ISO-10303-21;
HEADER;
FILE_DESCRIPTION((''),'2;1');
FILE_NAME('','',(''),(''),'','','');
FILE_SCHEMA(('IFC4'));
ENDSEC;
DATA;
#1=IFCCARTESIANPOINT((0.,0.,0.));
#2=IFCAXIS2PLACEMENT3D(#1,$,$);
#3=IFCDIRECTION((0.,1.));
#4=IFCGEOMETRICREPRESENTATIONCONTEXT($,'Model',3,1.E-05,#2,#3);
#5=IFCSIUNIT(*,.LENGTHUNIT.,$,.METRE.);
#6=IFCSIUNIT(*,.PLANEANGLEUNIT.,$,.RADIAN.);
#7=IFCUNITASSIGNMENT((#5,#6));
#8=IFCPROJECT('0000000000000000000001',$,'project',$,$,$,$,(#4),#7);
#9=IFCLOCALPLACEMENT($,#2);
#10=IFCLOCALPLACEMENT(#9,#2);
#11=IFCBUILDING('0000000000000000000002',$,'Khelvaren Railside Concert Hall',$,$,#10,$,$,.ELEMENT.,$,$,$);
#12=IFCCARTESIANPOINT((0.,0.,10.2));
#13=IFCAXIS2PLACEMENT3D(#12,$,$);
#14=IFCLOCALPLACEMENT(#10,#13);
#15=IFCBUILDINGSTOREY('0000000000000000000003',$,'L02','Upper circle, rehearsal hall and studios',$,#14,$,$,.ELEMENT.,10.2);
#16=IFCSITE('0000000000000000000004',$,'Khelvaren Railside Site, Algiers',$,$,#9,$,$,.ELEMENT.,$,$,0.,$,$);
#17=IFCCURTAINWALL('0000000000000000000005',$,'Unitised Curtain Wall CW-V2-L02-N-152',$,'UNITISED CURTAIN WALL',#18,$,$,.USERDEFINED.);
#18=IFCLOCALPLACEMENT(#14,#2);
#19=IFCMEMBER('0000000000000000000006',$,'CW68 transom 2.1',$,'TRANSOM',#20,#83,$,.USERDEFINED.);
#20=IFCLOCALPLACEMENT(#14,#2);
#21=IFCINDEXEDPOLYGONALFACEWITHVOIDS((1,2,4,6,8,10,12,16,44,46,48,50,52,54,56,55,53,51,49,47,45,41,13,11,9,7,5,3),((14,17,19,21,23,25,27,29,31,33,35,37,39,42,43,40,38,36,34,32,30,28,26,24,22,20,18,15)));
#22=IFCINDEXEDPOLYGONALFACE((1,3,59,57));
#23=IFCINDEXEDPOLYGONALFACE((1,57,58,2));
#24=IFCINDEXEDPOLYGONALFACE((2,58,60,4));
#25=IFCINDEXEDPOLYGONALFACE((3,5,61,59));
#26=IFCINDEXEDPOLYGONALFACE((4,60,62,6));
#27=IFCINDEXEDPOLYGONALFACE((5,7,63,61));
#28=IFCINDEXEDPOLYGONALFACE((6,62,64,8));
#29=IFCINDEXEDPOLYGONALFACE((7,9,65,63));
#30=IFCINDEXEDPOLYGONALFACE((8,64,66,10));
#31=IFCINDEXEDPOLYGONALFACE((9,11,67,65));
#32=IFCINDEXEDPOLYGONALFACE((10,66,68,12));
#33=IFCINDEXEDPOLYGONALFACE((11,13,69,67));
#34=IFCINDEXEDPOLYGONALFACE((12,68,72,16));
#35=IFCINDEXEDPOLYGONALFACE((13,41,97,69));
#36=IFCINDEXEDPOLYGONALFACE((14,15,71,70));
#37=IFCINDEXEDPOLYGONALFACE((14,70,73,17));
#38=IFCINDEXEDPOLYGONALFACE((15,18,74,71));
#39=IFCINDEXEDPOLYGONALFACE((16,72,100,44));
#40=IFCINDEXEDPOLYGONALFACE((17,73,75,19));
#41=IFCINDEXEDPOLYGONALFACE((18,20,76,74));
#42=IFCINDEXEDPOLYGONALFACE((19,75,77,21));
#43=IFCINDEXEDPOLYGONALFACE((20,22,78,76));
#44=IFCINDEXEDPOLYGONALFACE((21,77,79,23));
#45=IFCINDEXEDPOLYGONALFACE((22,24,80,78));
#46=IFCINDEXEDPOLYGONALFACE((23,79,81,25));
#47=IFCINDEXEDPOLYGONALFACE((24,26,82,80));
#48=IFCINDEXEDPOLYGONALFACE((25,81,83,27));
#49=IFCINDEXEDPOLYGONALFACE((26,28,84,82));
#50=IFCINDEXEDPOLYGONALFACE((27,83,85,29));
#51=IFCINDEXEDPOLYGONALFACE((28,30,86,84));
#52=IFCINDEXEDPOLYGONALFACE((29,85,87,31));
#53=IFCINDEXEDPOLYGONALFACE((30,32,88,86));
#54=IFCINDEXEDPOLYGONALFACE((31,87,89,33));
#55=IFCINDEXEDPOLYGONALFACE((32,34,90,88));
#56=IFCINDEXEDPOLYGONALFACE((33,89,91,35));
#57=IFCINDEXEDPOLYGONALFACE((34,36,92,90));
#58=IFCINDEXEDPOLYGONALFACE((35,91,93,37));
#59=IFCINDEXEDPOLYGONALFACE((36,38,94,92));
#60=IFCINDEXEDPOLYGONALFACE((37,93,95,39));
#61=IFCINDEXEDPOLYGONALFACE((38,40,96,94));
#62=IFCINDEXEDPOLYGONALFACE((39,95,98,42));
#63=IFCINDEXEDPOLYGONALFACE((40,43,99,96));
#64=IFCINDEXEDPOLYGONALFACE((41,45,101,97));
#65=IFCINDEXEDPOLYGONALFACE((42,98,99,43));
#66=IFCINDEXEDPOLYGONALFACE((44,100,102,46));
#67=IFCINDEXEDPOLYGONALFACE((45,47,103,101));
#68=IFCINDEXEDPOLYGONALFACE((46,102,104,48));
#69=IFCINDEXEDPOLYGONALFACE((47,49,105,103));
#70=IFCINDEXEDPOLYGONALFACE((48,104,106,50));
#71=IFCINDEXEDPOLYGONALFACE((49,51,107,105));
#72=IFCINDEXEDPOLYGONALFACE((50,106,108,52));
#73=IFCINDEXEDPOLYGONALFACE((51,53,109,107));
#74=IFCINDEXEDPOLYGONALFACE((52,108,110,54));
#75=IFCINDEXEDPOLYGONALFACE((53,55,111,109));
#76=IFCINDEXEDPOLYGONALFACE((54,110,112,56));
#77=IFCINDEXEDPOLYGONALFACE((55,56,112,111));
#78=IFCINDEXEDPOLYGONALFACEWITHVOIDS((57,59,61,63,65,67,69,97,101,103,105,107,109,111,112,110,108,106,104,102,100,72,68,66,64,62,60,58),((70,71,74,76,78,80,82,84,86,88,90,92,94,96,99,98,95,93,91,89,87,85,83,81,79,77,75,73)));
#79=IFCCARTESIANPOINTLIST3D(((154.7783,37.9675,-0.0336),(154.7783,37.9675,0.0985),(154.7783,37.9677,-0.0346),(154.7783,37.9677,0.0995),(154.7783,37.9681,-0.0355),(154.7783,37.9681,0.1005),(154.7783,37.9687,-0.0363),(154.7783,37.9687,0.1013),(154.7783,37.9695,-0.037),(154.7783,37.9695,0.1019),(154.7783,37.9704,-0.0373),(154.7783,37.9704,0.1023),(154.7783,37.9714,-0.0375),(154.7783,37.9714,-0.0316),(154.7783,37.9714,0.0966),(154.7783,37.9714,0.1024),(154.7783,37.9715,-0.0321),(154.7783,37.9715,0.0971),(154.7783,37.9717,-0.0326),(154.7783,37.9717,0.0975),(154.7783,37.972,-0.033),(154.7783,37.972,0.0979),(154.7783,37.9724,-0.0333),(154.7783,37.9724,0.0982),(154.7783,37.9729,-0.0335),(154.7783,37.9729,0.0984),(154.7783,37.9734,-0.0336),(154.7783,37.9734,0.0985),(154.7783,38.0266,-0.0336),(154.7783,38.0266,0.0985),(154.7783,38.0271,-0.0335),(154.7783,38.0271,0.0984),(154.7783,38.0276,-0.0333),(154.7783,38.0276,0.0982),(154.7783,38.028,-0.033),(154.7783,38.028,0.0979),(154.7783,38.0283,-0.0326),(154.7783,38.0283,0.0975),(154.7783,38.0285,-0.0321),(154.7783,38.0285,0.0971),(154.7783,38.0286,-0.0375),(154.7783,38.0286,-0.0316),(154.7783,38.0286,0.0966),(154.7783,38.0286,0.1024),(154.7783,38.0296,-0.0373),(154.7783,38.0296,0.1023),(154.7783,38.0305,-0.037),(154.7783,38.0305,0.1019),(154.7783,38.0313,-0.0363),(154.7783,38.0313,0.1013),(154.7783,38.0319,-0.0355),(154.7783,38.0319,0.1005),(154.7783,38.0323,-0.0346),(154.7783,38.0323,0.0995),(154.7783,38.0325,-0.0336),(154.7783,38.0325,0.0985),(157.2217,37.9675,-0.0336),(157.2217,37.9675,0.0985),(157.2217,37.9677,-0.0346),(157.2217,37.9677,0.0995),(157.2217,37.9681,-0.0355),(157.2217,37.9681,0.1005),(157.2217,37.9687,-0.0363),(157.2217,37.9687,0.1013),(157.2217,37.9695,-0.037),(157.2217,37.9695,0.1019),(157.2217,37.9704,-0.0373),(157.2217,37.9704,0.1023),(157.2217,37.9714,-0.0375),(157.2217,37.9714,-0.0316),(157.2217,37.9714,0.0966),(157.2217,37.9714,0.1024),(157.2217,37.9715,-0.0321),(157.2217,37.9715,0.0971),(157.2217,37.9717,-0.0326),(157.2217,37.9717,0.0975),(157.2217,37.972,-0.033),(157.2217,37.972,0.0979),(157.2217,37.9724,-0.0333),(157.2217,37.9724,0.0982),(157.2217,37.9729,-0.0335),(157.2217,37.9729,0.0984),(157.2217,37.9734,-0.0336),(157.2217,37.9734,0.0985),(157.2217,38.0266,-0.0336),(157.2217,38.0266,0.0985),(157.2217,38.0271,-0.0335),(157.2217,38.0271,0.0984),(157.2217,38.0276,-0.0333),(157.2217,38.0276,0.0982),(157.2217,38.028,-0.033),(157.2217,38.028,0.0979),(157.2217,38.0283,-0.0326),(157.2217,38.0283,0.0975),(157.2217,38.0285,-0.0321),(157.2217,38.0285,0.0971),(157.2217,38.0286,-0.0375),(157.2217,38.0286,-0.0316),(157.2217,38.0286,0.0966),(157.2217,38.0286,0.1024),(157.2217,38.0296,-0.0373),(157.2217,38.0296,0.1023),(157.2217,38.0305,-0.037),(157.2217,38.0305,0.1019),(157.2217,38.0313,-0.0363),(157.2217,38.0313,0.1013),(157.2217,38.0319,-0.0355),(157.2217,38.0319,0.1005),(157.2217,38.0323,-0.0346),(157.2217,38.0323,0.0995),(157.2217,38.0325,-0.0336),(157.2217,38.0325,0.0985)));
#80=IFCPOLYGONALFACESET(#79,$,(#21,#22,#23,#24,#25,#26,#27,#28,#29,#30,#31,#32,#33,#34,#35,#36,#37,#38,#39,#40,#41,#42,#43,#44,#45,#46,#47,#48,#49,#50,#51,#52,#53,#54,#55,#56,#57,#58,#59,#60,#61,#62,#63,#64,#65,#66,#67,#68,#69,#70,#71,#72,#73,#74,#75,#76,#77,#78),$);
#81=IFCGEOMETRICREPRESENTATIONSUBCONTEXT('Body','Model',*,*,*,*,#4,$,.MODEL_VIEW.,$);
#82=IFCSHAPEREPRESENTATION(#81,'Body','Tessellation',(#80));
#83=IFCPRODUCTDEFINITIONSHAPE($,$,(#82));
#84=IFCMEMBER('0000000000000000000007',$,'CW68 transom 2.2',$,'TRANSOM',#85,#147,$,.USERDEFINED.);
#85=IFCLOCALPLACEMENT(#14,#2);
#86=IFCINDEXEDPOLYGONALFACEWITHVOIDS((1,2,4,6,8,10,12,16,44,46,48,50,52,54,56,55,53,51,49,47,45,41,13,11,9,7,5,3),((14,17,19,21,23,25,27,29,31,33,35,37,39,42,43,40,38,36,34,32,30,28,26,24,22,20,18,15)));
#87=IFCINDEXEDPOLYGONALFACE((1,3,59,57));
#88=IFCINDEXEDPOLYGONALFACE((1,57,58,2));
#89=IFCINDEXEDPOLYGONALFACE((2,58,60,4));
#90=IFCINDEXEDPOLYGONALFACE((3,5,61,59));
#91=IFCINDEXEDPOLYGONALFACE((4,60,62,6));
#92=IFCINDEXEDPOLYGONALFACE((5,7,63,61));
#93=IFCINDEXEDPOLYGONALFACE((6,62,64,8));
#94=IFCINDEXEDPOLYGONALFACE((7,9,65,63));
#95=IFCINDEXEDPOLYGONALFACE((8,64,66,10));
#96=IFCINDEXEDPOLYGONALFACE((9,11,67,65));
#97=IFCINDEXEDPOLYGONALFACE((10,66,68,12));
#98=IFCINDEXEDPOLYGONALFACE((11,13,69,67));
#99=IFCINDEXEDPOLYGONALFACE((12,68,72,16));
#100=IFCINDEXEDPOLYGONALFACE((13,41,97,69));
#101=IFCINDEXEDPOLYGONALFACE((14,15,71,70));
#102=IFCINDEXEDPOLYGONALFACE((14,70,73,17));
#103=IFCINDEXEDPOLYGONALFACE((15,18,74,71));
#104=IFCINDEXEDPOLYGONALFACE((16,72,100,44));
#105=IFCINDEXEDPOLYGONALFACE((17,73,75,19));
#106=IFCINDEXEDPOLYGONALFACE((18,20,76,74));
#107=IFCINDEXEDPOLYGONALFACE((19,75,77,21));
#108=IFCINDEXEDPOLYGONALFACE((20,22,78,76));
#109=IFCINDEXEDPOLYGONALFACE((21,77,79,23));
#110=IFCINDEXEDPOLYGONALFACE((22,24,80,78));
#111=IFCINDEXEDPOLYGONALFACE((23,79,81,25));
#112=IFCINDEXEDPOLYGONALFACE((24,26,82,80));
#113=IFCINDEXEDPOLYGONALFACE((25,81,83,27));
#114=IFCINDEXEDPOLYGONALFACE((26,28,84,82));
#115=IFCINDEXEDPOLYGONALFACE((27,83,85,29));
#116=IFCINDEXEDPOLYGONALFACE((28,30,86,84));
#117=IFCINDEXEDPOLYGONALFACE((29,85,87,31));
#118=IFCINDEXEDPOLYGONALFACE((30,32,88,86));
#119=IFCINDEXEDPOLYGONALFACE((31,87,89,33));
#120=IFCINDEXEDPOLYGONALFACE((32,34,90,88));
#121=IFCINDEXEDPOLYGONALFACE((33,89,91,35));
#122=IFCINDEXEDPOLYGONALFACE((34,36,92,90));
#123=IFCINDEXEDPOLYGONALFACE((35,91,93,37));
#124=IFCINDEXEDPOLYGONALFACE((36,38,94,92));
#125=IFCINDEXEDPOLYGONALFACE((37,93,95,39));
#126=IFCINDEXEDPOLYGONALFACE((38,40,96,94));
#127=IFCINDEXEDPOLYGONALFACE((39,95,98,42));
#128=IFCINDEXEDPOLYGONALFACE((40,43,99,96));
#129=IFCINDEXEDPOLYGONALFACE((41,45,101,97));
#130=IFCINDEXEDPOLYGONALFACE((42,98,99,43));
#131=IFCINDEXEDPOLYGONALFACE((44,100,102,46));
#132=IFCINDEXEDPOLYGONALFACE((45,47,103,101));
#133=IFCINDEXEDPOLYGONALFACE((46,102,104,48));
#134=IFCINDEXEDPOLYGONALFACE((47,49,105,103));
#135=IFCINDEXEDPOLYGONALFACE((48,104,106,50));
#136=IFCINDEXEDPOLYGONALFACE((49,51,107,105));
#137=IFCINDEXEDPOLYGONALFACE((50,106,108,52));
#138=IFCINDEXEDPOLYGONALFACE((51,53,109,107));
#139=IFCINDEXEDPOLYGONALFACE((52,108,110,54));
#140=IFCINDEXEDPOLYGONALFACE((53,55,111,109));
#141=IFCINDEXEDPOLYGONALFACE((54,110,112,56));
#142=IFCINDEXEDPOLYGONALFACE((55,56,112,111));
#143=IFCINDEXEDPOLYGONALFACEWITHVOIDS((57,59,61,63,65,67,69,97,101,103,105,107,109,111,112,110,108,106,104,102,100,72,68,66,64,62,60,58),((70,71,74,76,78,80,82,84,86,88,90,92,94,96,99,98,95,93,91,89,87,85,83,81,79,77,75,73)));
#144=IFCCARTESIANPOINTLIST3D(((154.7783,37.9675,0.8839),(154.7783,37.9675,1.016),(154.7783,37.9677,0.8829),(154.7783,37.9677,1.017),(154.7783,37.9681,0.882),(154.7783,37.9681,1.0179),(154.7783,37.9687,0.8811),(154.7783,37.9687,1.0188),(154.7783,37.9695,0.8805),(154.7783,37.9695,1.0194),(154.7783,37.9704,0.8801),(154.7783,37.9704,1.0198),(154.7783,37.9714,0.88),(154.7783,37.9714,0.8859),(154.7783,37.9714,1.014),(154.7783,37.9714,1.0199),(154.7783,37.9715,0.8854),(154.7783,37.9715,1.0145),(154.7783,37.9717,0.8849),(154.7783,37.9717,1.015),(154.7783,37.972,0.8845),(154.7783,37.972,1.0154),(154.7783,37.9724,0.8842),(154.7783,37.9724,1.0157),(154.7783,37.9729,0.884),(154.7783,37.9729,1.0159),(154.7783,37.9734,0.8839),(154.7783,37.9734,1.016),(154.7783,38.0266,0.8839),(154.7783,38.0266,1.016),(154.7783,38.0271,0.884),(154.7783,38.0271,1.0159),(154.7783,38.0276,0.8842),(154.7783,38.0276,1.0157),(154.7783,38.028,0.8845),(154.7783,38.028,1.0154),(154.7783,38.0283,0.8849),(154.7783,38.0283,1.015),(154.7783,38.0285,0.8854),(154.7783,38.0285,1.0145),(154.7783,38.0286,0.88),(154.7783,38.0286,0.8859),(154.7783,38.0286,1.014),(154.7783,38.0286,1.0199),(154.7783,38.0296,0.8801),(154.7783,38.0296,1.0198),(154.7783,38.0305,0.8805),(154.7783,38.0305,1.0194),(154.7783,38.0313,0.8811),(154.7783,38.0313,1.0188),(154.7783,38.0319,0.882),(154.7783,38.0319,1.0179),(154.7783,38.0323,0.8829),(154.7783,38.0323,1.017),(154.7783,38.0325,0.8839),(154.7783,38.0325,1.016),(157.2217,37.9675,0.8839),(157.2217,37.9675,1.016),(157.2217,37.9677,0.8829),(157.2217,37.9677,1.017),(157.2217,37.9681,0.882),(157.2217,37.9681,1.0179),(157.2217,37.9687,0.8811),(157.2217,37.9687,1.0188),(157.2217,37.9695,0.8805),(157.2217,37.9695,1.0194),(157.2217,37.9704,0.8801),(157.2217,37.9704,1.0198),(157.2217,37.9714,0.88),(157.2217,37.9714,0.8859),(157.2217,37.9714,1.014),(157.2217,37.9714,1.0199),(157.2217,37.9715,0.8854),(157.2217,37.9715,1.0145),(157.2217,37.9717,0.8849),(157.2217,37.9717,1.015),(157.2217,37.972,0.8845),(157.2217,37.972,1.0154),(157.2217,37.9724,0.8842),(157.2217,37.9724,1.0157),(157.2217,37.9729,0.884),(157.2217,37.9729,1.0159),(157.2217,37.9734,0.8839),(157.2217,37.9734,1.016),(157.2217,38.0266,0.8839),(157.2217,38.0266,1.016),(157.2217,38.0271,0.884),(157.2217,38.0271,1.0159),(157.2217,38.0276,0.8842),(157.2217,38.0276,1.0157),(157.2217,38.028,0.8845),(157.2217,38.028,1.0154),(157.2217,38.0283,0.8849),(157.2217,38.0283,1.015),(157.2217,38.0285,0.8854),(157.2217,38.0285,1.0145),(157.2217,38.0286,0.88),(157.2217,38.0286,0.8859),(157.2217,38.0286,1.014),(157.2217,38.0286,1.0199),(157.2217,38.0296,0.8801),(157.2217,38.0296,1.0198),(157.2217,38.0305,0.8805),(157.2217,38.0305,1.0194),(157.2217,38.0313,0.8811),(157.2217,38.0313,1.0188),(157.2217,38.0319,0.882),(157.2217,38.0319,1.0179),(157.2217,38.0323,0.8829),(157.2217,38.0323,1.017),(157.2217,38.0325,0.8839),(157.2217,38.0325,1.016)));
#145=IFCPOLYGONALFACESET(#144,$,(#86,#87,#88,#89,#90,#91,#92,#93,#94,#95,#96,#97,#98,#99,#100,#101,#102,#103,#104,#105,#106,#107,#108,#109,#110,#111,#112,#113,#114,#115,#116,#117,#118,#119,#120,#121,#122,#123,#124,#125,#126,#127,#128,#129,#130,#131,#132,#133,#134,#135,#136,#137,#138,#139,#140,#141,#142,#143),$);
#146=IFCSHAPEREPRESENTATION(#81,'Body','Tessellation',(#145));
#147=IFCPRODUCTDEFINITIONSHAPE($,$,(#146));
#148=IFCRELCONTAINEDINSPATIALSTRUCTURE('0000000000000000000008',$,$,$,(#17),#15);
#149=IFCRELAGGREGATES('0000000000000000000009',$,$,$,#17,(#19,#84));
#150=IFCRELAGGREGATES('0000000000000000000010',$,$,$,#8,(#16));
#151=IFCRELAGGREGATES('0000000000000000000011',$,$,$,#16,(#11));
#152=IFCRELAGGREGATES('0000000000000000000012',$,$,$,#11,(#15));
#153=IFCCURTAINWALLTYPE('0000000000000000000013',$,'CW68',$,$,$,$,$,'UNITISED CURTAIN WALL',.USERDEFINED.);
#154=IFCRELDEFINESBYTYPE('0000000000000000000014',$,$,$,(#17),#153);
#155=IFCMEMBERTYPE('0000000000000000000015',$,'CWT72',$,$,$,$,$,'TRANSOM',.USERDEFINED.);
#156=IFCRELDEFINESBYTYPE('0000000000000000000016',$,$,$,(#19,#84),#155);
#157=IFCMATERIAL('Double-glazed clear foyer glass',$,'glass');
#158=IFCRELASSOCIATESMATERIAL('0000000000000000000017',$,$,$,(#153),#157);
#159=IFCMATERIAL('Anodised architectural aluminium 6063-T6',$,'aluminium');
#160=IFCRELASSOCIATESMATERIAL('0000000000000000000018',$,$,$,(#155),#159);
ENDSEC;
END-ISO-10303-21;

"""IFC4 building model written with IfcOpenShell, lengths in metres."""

from ifc_helpers import new_model, si_unit, direction, frame, origin, origin_2d, place, context, subcontext, project, spatial, hollow_rectangle, extrude, material, material_profile, profile_set, type_object, element, aggregate, save


model = new_model("IFC4")

# Units and contexts
model_context = context("Model", 3, precision=1e-05, world=origin(), true_north=direction((0.0, 1.0)))
body_context = subcontext(model_context, "Body", "Model", "MODEL_VIEW")
ifc_project = project(units=[si_unit("LENGTHUNIT", "METRE"), si_unit("PLANEANGLEUNIT", "RADIAN")], contexts=[model_context])

# Site, building, storey
site_placement = place(None, origin())
site = spatial("IfcSite", under=ifc_project, at=site_placement, Name="Khelvaren Railside Site, Algiers", CompositionType="ELEMENT", RefElevation=0.0)
building_placement = place(site_placement, origin())
building = spatial("IfcBuilding", under=site, at=building_placement, Name="Khelvaren Railside Concert Hall", CompositionType="ELEMENT")
storey_placement = place(building_placement, frame((0.0, 0.0, 10.2)))
storey = spatial("IfcBuildingStorey", under=building, at=storey_placement, Name="L02", Description="Upper circle, rehearsal hall and studios", CompositionType="ELEMENT", Elevation=10.2)

# Curtain wall, members
ifc_material_1 = material(Name="Double-glazed clear foyer glass", Category="glass")
curtain_wall_type = type_object("IfcCurtainWallType", Name="CW68", ElementType="UNITISED CURTAIN WALL", PredefinedType="USERDEFINED", material=ifc_material_1)
curtain_wall_placement = place(storey_placement, origin())
curtain_wall = element("IfcCurtainWall", 1, at=curtain_wall_placement, inside=storey, type_object=curtain_wall_type, Name="Unitised Curtain Wall CW-V2-L02-N-152", ObjectType="UNITISED CURTAIN WALL", PredefinedType="USERDEFINED")
ifc_material_2 = material(Name="Anodised architectural aluminium 6063-T6", Category="aluminium")
ifc_material_profile_1 = material_profile(ifc_material_2, hollow_rectangle(XDim=0.0649, YDim=0.1399, WallThickness=0.0039, InnerFilletRadius=0.002, OuterFilletRadius=0.0039, at=origin_2d()), Name="CWT 65x140x4")
ifc_profile_set_1 = profile_set([ifc_material_profile_1], Name="Anodised architectural aluminium 6063-T6")
member_type_1 = type_object("IfcMemberType", Name="CWT72", ElementType="TRANSOM", PredefinedType="USERDEFINED", material=ifc_profile_set_1)
member_1_placement = place(storey_placement, frame((154.7783, 38.0, 0.0325), z_axis=(1.0, 0.0, 0.0), x_axis=(0.0, 1.0, 0.0)))
member_1 = element("IfcMember", 2, at=member_1_placement, type_object=member_type_1, Name="CW68 transom 2.1", ObjectType="TRANSOM", PredefinedType="USERDEFINED", context=body_context, shape_type="SweptSolid", body=[
    extrude(hollow_rectangle(XDim=0.0649, YDim=0.1399, WallThickness=0.0039, InnerFilletRadius=0.002, OuterFilletRadius=0.0039, at=origin_2d()), origin(), (0.0, 0.0, 1.0), 2.4434),
])
member_2_placement = place(storey_placement, frame((154.7783, 38.0, 0.95), z_axis=(1.0, 0.0, 0.0), x_axis=(0.0, 1.0, 0.0)))
member_2 = element("IfcMember", 3, at=member_2_placement, type_object=member_type_1, Name="CW68 transom 2.2", ObjectType="TRANSOM", PredefinedType="USERDEFINED", context=body_context, shape_type="SweptSolid", body=[
    extrude(hollow_rectangle(XDim=0.0649, YDim=0.1399, WallThickness=0.0039, InnerFilletRadius=0.002, OuterFilletRadius=0.0039, at=origin_2d()), origin(), (0.0, 0.0, 1.0), 2.4434),
])

aggregate(curtain_wall, [member_1, member_2])

save(model, "model.ifc")
